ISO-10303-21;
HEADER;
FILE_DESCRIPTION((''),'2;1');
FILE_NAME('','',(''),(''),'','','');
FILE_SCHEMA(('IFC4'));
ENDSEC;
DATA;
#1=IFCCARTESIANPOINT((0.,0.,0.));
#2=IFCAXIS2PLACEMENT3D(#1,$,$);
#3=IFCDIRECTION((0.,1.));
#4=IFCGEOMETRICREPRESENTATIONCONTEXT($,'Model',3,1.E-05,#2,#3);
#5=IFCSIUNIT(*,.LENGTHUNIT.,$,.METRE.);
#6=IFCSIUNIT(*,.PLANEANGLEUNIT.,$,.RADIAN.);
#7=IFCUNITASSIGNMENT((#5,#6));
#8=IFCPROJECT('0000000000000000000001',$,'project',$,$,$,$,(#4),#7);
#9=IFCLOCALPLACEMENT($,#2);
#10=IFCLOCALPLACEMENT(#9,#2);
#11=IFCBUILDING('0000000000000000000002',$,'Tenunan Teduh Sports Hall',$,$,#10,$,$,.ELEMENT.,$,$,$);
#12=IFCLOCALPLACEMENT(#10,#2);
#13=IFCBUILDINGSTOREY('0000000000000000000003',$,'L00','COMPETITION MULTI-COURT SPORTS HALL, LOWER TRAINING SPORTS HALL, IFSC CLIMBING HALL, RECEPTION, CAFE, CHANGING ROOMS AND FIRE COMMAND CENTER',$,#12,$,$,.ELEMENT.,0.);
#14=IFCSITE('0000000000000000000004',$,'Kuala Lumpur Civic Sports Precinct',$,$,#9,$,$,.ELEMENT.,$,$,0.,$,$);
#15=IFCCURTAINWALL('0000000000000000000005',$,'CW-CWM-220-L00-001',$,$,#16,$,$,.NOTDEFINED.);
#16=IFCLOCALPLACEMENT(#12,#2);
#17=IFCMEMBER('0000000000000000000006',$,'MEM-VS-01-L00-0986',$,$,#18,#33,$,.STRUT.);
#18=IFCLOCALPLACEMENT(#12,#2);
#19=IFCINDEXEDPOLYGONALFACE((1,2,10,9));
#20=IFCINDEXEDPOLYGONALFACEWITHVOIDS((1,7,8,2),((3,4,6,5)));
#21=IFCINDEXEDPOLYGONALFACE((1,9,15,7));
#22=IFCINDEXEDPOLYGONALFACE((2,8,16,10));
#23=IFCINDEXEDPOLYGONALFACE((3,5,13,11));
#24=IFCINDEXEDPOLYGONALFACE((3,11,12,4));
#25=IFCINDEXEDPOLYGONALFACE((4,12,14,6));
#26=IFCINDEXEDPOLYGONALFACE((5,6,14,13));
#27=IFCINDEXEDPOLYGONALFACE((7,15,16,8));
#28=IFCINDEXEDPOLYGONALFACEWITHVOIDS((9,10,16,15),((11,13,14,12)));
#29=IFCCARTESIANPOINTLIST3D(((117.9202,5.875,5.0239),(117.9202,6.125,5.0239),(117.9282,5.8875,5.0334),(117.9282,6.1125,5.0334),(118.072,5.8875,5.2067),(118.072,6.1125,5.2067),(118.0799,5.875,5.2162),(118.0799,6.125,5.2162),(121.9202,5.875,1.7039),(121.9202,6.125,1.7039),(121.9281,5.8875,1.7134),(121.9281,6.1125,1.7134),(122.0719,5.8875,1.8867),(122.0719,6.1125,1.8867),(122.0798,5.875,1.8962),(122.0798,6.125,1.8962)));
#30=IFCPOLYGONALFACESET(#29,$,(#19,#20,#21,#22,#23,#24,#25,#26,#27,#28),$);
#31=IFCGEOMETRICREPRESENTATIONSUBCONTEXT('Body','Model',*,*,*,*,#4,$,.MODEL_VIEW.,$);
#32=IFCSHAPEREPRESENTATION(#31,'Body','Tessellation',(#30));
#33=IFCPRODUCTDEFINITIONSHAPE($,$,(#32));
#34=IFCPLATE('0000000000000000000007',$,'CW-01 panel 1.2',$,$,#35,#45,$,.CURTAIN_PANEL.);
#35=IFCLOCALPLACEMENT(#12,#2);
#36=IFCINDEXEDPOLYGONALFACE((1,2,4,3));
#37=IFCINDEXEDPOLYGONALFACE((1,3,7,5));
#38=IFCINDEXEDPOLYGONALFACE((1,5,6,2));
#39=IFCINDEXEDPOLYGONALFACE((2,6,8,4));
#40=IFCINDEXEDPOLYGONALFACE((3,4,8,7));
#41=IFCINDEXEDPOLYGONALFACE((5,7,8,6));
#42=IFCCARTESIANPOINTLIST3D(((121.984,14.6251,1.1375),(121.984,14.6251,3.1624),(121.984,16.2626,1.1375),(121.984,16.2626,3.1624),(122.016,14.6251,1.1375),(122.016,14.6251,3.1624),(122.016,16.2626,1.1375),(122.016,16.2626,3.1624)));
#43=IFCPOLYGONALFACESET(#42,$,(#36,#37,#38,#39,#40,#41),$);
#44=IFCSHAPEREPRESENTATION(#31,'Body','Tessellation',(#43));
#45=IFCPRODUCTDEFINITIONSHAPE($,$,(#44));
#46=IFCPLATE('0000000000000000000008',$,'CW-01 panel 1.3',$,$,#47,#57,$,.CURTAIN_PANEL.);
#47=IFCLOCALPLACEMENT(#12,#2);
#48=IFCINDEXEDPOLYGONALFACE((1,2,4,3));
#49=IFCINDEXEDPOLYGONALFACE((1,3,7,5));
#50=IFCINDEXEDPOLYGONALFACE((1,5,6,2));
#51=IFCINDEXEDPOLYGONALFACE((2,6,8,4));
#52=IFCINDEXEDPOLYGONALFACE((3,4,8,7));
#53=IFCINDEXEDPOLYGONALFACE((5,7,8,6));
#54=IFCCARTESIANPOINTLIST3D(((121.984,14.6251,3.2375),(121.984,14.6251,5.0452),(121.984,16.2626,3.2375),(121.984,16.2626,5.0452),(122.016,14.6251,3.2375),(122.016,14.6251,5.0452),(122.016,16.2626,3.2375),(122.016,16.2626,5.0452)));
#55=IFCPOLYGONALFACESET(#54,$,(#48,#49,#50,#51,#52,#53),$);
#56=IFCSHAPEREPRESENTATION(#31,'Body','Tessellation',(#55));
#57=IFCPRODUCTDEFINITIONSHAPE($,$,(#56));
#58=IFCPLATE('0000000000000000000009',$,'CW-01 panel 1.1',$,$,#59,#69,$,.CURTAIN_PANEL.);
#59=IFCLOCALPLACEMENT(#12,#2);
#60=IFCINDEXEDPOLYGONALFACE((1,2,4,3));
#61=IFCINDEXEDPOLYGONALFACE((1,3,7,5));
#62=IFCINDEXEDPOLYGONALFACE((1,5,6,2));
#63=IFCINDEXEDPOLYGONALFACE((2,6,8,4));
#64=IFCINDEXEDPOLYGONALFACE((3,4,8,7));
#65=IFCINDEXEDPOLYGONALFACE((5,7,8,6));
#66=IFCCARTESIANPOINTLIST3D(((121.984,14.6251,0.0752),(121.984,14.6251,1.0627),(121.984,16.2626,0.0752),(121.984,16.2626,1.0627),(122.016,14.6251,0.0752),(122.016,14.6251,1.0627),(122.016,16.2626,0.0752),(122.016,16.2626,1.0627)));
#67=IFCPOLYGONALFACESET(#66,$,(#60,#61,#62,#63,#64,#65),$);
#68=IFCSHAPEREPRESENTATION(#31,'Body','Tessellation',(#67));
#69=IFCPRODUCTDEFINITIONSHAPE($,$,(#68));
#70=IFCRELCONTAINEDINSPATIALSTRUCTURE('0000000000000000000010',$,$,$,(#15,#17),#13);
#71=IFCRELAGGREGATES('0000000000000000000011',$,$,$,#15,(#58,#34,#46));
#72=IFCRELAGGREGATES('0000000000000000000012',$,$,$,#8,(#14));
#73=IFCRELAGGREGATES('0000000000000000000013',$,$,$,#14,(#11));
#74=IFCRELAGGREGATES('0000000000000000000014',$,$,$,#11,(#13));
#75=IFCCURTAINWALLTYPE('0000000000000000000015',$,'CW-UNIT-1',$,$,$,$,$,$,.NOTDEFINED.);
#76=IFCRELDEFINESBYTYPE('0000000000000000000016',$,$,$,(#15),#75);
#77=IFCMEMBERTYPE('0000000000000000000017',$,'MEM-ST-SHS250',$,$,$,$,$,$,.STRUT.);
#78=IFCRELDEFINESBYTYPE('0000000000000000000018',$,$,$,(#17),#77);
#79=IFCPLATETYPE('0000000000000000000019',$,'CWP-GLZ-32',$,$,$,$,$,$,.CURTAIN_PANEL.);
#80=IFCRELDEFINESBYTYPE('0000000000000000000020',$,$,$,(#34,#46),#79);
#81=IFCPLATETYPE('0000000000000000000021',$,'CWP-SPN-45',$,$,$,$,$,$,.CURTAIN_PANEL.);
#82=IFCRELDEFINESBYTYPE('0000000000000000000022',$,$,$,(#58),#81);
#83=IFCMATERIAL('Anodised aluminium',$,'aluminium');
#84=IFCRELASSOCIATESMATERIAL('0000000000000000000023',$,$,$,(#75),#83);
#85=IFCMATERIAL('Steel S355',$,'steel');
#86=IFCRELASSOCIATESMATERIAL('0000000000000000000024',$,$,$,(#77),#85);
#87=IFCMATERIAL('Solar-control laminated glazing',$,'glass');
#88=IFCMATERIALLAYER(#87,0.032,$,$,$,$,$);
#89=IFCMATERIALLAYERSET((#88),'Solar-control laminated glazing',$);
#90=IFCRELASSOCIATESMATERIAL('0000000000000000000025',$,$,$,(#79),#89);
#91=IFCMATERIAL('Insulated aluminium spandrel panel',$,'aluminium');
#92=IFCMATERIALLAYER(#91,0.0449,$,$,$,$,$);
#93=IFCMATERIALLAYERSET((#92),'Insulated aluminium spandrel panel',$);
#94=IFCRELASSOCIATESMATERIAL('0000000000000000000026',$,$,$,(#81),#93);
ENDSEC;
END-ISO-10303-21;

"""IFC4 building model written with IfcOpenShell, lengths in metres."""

from ifc_helpers import new_model, si_unit, direction, frame, origin, origin_2d, place, context, subcontext, project, spatial, rectangle, hollow_rectangle, extrude, material, layer, layer_set, material_profile, profile_set, type_object, element, aggregate, save


model = new_model("IFC4")

# Units and contexts
model_context = context("Model", 3, precision=1e-05, world=origin(), true_north=direction((0.0, 1.0)))
body_context = subcontext(model_context, "Body", "Model", "MODEL_VIEW")
ifc_project = project(units=[si_unit("LENGTHUNIT", "METRE"), si_unit("PLANEANGLEUNIT", "RADIAN")], contexts=[model_context])

# Site, building, storey
site_placement = place(None, origin())
site = spatial("IfcSite", under=ifc_project, at=site_placement, Name="Kuala Lumpur Civic Sports Precinct", CompositionType="ELEMENT", RefElevation=0.0)
building_placement = place(site_placement, origin())
building = spatial("IfcBuilding", under=site, at=building_placement, Name="Tenunan Teduh Sports Hall", CompositionType="ELEMENT")
storey_placement = place(building_placement, origin())
storey = spatial("IfcBuildingStorey", under=building, at=storey_placement, Name="L00", Description="COMPETITION MULTI-COURT SPORTS HALL, LOWER TRAINING SPORTS HALL, IFSC CLIMBING HALL, RECEPTION, CAFE, CHANGING ROOMS AND FIRE COMMAND CENTER", CompositionType="ELEMENT", Elevation=0.0)

# Curtain wall
ifc_material_1 = material(Name="Anodised aluminium", Category="aluminium")
curtain_wall_type = type_object("IfcCurtainWallType", Name="CW-UNIT-1", PredefinedType="NOTDEFINED", material=ifc_material_1)
curtain_wall_placement = place(storey_placement, origin())
curtain_wall = element("IfcCurtainWall", 1, at=curtain_wall_placement, inside=storey, type_object=curtain_wall_type, Name="CW-CWM-220-L00-001", PredefinedType="NOTDEFINED")

# Member
ifc_material_2 = material(Name="Steel S355", Category="steel")
ifc_material_profile_1 = material_profile(ifc_material_2, hollow_rectangle(XDim=0.25, YDim=0.25, WallThickness=0.0125, at=origin_2d()), Name="SHS 250x250x12.5")
ifc_profile_set_1 = profile_set([ifc_material_profile_1], Name="Steel S355")
member_type_1 = type_object("IfcMemberType", Name="MEM-ST-SHS250", PredefinedType="STRUT", material=ifc_profile_set_1)
for number, where, z_axis, x_axis, name in (
    (2, (122.0, 6.0, 1.8), (-0.769475, 0.0, 0.638677), (0.0, -1.0, 0.0), "MEM-VS-01-L00-0986"),
):
    element("IfcMember", number, at=place(storey_placement, frame(where, z_axis=z_axis, x_axis=x_axis)), inside=storey, type_object=member_type_1, Name=name, PredefinedType="STRUT", context=body_context, shape_type="SweptSolid", body=[
        extrude(hollow_rectangle(XDim=0.25, YDim=0.25, WallThickness=0.0125, at=origin_2d()), origin(), (0.0, 0.0, 1.0), 5.1982),
    ])

# Plates
ifc_material_3 = material(Name="Solar-control laminated glazing", Category="glass")
ifc_layer_1 = layer(ifc_material_3, 0.032)
ifc_layer_set_1 = layer_set([ifc_layer_1], Name="Solar-control laminated glazing")
plate_type_1 = type_object("IfcPlateType", Name="CWP-GLZ-32", PredefinedType="CURTAIN_PANEL", material=ifc_layer_set_1)
plate_1_placement = place(storey_placement, frame((122.0, 15.4438, 1.1375), z_axis=(0.0, 0.0, 1.0), x_axis=(0.0, 1.0, 0.0)))
plate_1 = element("IfcPlate", 3, at=plate_1_placement, type_object=plate_type_1, Name="CW-01 panel 1.2", PredefinedType="CURTAIN_PANEL", context=body_context, shape_type="SweptSolid", body=[
    extrude(rectangle(XDim=1.6375, YDim=0.032, at=origin_2d()), origin(), (0.0, 0.0, 1.0), 2.0249),
])
plate_2_placement = place(storey_placement, frame((122.0, 15.4438, 3.2375), z_axis=(0.0, 0.0, 1.0), x_axis=(0.0, 1.0, 0.0)))
plate_2 = element("IfcPlate", 4, at=plate_2_placement, type_object=plate_type_1, Name="CW-01 panel 1.3", PredefinedType="CURTAIN_PANEL", context=body_context, shape_type="SweptSolid", body=[
    extrude(rectangle(XDim=1.6375, YDim=0.032, at=origin_2d()), origin(), (0.0, 0.0, 1.0), 1.8076),
])
ifc_material_4 = material(Name="Insulated aluminium spandrel panel", Category="aluminium")
ifc_layer_2 = layer(ifc_material_4, 0.0449)
ifc_layer_set_2 = layer_set([ifc_layer_2], Name="Insulated aluminium spandrel panel")
plate_type_2 = type_object("IfcPlateType", Name="CWP-SPN-45", PredefinedType="CURTAIN_PANEL", material=ifc_layer_set_2)
plate_3_placement = place(storey_placement, frame((122.0, 15.4438, 0.0752), z_axis=(0.0, 0.0, 1.0), x_axis=(0.0, 1.0, 0.0)))
plate_3 = element("IfcPlate", 5, at=plate_3_placement, type_object=plate_type_2, Name="CW-01 panel 1.1", PredefinedType="CURTAIN_PANEL", context=body_context, shape_type="SweptSolid", body=[
    extrude(rectangle(XDim=1.6375, YDim=0.032, at=origin_2d()), origin(), (0.0, 0.0, 1.0), 0.9875),
])
aggregate(curtain_wall, [plate_3, plate_1, plate_2])

save(model, "model.ifc")
